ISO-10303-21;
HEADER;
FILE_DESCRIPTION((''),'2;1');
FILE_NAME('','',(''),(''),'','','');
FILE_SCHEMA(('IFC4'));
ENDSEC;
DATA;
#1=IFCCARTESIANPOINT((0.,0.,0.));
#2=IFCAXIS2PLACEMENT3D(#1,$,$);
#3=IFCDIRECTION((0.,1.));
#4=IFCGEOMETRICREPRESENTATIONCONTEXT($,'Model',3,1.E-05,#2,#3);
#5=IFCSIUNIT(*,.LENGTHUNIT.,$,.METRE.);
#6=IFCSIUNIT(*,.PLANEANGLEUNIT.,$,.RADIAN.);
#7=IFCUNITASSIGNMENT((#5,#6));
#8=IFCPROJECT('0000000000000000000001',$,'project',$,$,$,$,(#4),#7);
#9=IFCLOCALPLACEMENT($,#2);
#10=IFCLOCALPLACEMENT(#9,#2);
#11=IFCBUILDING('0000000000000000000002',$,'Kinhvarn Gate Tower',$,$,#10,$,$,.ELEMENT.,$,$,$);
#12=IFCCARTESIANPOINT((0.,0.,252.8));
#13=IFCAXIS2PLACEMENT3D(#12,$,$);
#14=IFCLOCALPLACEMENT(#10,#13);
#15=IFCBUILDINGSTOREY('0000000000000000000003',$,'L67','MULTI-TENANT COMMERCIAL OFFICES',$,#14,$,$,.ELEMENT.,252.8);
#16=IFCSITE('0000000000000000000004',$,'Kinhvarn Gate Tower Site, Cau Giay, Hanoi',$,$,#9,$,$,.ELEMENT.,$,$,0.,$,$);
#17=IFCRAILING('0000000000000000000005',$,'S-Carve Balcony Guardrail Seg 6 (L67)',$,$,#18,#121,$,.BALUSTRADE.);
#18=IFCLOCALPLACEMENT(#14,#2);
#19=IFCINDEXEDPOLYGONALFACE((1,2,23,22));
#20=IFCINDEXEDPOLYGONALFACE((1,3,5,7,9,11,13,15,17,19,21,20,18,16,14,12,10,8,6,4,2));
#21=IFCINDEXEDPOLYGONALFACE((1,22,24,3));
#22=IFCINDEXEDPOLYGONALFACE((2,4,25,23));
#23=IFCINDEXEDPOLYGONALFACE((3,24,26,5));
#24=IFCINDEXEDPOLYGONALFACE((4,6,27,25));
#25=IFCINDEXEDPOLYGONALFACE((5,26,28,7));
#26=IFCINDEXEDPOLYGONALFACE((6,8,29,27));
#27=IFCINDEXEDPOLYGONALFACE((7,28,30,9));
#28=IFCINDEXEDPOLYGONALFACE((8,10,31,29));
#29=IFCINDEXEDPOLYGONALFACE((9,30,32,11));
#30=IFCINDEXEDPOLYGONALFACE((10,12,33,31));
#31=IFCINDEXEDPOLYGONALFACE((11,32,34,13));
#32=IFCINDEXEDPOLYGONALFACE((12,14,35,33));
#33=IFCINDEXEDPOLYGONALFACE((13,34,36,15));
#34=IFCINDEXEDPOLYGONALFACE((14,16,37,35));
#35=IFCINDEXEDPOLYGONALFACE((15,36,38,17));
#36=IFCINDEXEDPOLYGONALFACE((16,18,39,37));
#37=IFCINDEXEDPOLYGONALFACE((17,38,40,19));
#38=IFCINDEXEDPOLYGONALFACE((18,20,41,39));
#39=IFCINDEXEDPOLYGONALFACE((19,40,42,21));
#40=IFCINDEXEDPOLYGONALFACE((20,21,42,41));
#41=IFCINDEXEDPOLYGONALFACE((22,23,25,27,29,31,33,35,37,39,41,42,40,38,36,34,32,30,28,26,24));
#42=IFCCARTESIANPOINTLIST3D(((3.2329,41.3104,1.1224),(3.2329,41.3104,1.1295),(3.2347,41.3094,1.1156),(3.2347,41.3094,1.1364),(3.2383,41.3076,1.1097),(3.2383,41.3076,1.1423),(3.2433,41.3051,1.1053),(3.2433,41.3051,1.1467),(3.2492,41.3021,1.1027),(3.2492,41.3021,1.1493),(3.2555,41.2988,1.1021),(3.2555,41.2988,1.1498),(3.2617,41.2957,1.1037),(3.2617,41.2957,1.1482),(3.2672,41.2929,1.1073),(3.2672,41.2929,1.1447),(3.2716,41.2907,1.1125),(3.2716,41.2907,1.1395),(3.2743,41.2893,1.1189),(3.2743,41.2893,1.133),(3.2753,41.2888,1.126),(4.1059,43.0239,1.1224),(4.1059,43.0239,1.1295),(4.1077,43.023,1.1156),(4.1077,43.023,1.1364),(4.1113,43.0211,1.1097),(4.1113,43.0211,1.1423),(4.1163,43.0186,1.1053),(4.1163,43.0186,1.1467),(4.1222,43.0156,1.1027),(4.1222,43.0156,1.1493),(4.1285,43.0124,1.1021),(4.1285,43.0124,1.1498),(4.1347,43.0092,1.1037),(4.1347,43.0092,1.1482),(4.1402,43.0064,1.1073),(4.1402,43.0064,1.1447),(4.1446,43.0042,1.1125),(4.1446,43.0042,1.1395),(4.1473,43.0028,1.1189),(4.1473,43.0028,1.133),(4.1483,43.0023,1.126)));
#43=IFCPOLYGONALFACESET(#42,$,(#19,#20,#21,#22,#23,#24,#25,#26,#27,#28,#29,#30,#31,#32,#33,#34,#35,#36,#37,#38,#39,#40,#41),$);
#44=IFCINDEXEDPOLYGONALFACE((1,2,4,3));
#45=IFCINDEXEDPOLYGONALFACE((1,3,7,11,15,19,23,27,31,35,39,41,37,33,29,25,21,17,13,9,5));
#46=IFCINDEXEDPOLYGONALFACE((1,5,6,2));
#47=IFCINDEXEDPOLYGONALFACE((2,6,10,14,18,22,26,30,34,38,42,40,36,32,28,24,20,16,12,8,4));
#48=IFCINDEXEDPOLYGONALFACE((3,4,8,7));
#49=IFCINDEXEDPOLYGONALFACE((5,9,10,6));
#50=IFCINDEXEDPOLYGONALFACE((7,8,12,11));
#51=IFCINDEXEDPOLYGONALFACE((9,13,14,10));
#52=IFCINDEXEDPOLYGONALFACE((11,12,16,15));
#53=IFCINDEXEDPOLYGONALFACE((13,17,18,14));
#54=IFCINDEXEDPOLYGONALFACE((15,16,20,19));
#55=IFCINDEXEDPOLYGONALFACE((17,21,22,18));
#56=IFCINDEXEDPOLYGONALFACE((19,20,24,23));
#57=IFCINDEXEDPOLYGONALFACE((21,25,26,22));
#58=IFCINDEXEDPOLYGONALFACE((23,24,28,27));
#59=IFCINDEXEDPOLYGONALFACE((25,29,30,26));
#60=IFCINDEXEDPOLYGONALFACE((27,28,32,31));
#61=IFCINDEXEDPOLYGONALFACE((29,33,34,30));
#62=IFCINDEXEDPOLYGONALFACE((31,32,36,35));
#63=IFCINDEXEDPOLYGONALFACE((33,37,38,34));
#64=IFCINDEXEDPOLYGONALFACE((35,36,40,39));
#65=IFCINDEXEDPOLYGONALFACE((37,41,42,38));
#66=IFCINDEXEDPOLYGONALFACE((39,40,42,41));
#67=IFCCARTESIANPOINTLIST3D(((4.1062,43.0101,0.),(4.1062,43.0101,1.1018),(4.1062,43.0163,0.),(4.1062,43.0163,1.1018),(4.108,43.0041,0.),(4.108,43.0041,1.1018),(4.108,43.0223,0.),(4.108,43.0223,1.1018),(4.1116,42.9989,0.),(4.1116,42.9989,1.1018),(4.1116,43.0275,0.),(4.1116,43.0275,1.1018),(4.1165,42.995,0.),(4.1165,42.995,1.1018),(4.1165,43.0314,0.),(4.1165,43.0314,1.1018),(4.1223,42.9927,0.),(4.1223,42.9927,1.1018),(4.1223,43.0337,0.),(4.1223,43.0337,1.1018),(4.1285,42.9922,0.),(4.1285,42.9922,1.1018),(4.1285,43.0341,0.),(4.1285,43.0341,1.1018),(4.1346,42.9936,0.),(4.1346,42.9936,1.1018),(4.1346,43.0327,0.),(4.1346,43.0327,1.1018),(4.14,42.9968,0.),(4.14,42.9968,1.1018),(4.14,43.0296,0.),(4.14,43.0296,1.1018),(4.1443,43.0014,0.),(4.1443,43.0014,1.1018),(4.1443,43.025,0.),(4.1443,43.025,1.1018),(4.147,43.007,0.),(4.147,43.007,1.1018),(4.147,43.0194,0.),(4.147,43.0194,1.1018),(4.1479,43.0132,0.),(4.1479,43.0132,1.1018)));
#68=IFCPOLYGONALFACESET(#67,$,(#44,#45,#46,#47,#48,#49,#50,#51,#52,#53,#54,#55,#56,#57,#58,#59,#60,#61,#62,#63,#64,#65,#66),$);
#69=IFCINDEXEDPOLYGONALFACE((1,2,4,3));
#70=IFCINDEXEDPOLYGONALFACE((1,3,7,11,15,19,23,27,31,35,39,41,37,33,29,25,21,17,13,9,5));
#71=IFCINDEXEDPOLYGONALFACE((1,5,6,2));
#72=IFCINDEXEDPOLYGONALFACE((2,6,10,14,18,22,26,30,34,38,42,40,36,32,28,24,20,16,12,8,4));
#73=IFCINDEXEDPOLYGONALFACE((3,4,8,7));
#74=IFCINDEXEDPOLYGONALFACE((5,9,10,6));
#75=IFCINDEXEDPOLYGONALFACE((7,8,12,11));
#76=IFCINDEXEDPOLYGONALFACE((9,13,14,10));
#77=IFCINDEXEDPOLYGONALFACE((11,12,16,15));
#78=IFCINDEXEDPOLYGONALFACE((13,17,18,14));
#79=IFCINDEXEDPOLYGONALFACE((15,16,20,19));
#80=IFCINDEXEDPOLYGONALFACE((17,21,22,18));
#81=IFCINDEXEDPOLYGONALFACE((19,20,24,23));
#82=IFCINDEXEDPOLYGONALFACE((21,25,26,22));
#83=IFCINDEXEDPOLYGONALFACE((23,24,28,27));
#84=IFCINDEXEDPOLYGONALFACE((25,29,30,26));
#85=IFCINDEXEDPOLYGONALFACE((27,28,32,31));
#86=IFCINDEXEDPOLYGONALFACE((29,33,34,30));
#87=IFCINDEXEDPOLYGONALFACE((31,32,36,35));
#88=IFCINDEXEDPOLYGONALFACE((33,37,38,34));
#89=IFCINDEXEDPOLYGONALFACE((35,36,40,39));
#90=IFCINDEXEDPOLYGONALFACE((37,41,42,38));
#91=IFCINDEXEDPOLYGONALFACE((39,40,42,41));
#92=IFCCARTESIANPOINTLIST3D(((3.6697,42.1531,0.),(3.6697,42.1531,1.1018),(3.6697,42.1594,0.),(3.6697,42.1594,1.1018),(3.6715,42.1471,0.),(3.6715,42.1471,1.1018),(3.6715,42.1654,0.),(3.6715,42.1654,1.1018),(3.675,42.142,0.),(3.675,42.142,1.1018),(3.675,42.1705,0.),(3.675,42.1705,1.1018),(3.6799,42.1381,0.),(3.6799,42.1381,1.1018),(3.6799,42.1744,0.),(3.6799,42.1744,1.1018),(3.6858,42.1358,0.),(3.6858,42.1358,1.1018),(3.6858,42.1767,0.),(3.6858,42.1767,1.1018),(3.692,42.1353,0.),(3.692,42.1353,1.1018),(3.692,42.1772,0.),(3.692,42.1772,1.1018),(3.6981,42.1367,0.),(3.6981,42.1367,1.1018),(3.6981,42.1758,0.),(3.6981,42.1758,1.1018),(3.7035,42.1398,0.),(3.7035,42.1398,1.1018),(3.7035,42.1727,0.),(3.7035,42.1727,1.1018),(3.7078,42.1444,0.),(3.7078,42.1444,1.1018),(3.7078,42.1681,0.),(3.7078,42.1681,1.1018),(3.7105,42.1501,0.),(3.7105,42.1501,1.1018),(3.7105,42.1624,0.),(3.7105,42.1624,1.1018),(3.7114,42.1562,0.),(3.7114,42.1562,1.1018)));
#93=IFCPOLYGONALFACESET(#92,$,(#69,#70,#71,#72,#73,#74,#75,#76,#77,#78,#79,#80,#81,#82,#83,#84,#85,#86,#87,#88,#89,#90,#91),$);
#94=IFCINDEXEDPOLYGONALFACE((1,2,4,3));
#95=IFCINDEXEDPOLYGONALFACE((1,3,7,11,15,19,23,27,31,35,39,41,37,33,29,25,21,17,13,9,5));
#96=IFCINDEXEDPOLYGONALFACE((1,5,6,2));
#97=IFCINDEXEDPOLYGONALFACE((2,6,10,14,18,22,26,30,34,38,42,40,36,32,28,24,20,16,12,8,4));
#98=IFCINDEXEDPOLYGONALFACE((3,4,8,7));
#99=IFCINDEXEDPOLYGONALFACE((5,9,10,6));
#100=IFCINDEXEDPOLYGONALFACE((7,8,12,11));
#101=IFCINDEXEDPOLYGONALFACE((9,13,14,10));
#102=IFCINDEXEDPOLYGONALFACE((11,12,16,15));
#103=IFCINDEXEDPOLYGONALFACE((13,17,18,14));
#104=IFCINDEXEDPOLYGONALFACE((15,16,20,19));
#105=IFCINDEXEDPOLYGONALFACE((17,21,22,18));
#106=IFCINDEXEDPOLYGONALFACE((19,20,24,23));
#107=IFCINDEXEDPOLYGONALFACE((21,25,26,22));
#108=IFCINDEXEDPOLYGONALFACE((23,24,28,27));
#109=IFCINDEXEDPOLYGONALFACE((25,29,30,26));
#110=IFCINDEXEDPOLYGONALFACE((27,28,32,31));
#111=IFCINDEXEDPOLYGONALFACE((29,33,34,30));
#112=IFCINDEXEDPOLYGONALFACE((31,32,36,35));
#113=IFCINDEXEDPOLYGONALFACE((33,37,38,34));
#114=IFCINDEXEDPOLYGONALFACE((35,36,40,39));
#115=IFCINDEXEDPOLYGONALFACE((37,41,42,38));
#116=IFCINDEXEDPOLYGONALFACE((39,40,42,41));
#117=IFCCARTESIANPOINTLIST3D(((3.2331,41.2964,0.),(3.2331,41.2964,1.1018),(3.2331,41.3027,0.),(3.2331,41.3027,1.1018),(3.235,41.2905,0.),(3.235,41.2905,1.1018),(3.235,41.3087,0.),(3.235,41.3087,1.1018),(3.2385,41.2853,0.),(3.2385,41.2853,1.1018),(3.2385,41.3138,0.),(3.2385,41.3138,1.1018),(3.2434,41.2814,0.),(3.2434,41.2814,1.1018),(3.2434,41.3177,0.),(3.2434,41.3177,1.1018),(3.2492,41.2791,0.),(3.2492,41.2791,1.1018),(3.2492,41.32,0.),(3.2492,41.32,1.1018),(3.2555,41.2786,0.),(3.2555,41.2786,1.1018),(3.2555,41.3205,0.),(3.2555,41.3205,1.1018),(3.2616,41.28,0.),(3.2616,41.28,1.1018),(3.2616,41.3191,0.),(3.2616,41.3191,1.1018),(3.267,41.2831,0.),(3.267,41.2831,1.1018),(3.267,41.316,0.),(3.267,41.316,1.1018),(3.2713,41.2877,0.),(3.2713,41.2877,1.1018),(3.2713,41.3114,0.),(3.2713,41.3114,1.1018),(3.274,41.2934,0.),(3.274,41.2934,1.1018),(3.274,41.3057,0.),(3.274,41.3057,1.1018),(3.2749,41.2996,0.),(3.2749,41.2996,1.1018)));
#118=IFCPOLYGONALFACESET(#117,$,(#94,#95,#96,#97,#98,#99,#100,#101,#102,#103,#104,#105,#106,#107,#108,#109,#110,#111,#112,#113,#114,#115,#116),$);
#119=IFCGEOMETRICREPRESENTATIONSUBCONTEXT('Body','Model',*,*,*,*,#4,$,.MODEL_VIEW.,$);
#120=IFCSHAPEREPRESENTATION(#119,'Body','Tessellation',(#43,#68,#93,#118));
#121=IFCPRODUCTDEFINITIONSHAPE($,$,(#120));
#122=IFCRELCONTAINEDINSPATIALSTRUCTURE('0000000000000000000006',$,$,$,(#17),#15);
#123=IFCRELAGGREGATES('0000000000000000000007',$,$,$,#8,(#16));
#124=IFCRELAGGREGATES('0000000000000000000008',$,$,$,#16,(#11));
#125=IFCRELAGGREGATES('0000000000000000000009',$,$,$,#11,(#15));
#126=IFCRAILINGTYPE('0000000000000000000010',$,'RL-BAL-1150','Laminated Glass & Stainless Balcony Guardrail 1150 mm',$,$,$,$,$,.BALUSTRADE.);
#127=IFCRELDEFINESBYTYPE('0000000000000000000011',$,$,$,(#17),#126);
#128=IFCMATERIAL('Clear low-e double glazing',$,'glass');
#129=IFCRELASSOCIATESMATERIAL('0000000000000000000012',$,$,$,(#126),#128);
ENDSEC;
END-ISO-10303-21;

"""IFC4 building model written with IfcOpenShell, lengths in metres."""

from ifc_helpers import new_model, si_unit, direction, frame, origin, origin_2d, place, context, subcontext, project, spatial, circle, extrude, material, type_object, element, save


model = new_model("IFC4")

# Units and contexts
model_context = context("Model", 3, precision=1e-05, world=origin(), true_north=direction((0.0, 1.0)))
body_context = subcontext(model_context, "Body", "Model", "MODEL_VIEW")
ifc_project = project(units=[si_unit("LENGTHUNIT", "METRE"), si_unit("PLANEANGLEUNIT", "RADIAN")], contexts=[model_context])

# Site, building, storey
site_placement = place(None, origin())
site = spatial("IfcSite", under=ifc_project, at=site_placement, Name="Kinhvarn Gate Tower Site, Cau Giay, Hanoi", CompositionType="ELEMENT", RefElevation=0.0)
building_placement = place(site_placement, origin())
building = spatial("IfcBuilding", under=site, at=building_placement, Name="Kinhvarn Gate Tower", CompositionType="ELEMENT")
storey_placement = place(building_placement, frame((0.0, 0.0, 252.8)))
storey = spatial("IfcBuildingStorey", under=building, at=storey_placement, Name="L67", Description="MULTI-TENANT COMMERCIAL OFFICES", CompositionType="ELEMENT", Elevation=252.8)

# Shared definitions
ifc_material_1 = material(Name="Clear low-e double glazing", Category="glass")

# Railing
railing_type = type_object("IfcRailingType", Name="RL-BAL-1150", Description="Laminated Glass & Stainless Balcony Guardrail 1150 mm", PredefinedType="BALUSTRADE", material=ifc_material_1)
railing_1_placement = place(storey_placement, frame((4.127, 43.0132, 0.0)))
element("IfcRailing", 1, at=railing_1_placement, inside=storey, type_object=railing_type, Name="S-Carve Balcony Guardrail Seg 6 (L67)", PredefinedType="BALUSTRADE", context=body_context, shape_type="SweptSolid", body=[
    extrude(circle(Radius=0.0239, at=origin_2d()), frame((0.0, 0.0, 1.126), z_axis=(-0.453954, -0.891025, 0.0), x_axis=(0.891025, -0.453954, 0.0)), (0.0, 0.0, 1.0), 1.9231),
    extrude(circle(Radius=0.021, at=origin_2d()), origin(), (0.0, 0.0, 1.0), 1.1018),
    extrude(circle(Radius=0.021, at=origin_2d()), frame((-0.4365, -0.8569, 0.0)), (0.0, 0.0, 1.0), 1.1018),
    extrude(circle(Radius=0.021, at=origin_2d()), frame((-0.873, -1.7136, 0.0)), (0.0, 0.0, 1.0), 1.1018),
])

save(model, "model.ifc")
